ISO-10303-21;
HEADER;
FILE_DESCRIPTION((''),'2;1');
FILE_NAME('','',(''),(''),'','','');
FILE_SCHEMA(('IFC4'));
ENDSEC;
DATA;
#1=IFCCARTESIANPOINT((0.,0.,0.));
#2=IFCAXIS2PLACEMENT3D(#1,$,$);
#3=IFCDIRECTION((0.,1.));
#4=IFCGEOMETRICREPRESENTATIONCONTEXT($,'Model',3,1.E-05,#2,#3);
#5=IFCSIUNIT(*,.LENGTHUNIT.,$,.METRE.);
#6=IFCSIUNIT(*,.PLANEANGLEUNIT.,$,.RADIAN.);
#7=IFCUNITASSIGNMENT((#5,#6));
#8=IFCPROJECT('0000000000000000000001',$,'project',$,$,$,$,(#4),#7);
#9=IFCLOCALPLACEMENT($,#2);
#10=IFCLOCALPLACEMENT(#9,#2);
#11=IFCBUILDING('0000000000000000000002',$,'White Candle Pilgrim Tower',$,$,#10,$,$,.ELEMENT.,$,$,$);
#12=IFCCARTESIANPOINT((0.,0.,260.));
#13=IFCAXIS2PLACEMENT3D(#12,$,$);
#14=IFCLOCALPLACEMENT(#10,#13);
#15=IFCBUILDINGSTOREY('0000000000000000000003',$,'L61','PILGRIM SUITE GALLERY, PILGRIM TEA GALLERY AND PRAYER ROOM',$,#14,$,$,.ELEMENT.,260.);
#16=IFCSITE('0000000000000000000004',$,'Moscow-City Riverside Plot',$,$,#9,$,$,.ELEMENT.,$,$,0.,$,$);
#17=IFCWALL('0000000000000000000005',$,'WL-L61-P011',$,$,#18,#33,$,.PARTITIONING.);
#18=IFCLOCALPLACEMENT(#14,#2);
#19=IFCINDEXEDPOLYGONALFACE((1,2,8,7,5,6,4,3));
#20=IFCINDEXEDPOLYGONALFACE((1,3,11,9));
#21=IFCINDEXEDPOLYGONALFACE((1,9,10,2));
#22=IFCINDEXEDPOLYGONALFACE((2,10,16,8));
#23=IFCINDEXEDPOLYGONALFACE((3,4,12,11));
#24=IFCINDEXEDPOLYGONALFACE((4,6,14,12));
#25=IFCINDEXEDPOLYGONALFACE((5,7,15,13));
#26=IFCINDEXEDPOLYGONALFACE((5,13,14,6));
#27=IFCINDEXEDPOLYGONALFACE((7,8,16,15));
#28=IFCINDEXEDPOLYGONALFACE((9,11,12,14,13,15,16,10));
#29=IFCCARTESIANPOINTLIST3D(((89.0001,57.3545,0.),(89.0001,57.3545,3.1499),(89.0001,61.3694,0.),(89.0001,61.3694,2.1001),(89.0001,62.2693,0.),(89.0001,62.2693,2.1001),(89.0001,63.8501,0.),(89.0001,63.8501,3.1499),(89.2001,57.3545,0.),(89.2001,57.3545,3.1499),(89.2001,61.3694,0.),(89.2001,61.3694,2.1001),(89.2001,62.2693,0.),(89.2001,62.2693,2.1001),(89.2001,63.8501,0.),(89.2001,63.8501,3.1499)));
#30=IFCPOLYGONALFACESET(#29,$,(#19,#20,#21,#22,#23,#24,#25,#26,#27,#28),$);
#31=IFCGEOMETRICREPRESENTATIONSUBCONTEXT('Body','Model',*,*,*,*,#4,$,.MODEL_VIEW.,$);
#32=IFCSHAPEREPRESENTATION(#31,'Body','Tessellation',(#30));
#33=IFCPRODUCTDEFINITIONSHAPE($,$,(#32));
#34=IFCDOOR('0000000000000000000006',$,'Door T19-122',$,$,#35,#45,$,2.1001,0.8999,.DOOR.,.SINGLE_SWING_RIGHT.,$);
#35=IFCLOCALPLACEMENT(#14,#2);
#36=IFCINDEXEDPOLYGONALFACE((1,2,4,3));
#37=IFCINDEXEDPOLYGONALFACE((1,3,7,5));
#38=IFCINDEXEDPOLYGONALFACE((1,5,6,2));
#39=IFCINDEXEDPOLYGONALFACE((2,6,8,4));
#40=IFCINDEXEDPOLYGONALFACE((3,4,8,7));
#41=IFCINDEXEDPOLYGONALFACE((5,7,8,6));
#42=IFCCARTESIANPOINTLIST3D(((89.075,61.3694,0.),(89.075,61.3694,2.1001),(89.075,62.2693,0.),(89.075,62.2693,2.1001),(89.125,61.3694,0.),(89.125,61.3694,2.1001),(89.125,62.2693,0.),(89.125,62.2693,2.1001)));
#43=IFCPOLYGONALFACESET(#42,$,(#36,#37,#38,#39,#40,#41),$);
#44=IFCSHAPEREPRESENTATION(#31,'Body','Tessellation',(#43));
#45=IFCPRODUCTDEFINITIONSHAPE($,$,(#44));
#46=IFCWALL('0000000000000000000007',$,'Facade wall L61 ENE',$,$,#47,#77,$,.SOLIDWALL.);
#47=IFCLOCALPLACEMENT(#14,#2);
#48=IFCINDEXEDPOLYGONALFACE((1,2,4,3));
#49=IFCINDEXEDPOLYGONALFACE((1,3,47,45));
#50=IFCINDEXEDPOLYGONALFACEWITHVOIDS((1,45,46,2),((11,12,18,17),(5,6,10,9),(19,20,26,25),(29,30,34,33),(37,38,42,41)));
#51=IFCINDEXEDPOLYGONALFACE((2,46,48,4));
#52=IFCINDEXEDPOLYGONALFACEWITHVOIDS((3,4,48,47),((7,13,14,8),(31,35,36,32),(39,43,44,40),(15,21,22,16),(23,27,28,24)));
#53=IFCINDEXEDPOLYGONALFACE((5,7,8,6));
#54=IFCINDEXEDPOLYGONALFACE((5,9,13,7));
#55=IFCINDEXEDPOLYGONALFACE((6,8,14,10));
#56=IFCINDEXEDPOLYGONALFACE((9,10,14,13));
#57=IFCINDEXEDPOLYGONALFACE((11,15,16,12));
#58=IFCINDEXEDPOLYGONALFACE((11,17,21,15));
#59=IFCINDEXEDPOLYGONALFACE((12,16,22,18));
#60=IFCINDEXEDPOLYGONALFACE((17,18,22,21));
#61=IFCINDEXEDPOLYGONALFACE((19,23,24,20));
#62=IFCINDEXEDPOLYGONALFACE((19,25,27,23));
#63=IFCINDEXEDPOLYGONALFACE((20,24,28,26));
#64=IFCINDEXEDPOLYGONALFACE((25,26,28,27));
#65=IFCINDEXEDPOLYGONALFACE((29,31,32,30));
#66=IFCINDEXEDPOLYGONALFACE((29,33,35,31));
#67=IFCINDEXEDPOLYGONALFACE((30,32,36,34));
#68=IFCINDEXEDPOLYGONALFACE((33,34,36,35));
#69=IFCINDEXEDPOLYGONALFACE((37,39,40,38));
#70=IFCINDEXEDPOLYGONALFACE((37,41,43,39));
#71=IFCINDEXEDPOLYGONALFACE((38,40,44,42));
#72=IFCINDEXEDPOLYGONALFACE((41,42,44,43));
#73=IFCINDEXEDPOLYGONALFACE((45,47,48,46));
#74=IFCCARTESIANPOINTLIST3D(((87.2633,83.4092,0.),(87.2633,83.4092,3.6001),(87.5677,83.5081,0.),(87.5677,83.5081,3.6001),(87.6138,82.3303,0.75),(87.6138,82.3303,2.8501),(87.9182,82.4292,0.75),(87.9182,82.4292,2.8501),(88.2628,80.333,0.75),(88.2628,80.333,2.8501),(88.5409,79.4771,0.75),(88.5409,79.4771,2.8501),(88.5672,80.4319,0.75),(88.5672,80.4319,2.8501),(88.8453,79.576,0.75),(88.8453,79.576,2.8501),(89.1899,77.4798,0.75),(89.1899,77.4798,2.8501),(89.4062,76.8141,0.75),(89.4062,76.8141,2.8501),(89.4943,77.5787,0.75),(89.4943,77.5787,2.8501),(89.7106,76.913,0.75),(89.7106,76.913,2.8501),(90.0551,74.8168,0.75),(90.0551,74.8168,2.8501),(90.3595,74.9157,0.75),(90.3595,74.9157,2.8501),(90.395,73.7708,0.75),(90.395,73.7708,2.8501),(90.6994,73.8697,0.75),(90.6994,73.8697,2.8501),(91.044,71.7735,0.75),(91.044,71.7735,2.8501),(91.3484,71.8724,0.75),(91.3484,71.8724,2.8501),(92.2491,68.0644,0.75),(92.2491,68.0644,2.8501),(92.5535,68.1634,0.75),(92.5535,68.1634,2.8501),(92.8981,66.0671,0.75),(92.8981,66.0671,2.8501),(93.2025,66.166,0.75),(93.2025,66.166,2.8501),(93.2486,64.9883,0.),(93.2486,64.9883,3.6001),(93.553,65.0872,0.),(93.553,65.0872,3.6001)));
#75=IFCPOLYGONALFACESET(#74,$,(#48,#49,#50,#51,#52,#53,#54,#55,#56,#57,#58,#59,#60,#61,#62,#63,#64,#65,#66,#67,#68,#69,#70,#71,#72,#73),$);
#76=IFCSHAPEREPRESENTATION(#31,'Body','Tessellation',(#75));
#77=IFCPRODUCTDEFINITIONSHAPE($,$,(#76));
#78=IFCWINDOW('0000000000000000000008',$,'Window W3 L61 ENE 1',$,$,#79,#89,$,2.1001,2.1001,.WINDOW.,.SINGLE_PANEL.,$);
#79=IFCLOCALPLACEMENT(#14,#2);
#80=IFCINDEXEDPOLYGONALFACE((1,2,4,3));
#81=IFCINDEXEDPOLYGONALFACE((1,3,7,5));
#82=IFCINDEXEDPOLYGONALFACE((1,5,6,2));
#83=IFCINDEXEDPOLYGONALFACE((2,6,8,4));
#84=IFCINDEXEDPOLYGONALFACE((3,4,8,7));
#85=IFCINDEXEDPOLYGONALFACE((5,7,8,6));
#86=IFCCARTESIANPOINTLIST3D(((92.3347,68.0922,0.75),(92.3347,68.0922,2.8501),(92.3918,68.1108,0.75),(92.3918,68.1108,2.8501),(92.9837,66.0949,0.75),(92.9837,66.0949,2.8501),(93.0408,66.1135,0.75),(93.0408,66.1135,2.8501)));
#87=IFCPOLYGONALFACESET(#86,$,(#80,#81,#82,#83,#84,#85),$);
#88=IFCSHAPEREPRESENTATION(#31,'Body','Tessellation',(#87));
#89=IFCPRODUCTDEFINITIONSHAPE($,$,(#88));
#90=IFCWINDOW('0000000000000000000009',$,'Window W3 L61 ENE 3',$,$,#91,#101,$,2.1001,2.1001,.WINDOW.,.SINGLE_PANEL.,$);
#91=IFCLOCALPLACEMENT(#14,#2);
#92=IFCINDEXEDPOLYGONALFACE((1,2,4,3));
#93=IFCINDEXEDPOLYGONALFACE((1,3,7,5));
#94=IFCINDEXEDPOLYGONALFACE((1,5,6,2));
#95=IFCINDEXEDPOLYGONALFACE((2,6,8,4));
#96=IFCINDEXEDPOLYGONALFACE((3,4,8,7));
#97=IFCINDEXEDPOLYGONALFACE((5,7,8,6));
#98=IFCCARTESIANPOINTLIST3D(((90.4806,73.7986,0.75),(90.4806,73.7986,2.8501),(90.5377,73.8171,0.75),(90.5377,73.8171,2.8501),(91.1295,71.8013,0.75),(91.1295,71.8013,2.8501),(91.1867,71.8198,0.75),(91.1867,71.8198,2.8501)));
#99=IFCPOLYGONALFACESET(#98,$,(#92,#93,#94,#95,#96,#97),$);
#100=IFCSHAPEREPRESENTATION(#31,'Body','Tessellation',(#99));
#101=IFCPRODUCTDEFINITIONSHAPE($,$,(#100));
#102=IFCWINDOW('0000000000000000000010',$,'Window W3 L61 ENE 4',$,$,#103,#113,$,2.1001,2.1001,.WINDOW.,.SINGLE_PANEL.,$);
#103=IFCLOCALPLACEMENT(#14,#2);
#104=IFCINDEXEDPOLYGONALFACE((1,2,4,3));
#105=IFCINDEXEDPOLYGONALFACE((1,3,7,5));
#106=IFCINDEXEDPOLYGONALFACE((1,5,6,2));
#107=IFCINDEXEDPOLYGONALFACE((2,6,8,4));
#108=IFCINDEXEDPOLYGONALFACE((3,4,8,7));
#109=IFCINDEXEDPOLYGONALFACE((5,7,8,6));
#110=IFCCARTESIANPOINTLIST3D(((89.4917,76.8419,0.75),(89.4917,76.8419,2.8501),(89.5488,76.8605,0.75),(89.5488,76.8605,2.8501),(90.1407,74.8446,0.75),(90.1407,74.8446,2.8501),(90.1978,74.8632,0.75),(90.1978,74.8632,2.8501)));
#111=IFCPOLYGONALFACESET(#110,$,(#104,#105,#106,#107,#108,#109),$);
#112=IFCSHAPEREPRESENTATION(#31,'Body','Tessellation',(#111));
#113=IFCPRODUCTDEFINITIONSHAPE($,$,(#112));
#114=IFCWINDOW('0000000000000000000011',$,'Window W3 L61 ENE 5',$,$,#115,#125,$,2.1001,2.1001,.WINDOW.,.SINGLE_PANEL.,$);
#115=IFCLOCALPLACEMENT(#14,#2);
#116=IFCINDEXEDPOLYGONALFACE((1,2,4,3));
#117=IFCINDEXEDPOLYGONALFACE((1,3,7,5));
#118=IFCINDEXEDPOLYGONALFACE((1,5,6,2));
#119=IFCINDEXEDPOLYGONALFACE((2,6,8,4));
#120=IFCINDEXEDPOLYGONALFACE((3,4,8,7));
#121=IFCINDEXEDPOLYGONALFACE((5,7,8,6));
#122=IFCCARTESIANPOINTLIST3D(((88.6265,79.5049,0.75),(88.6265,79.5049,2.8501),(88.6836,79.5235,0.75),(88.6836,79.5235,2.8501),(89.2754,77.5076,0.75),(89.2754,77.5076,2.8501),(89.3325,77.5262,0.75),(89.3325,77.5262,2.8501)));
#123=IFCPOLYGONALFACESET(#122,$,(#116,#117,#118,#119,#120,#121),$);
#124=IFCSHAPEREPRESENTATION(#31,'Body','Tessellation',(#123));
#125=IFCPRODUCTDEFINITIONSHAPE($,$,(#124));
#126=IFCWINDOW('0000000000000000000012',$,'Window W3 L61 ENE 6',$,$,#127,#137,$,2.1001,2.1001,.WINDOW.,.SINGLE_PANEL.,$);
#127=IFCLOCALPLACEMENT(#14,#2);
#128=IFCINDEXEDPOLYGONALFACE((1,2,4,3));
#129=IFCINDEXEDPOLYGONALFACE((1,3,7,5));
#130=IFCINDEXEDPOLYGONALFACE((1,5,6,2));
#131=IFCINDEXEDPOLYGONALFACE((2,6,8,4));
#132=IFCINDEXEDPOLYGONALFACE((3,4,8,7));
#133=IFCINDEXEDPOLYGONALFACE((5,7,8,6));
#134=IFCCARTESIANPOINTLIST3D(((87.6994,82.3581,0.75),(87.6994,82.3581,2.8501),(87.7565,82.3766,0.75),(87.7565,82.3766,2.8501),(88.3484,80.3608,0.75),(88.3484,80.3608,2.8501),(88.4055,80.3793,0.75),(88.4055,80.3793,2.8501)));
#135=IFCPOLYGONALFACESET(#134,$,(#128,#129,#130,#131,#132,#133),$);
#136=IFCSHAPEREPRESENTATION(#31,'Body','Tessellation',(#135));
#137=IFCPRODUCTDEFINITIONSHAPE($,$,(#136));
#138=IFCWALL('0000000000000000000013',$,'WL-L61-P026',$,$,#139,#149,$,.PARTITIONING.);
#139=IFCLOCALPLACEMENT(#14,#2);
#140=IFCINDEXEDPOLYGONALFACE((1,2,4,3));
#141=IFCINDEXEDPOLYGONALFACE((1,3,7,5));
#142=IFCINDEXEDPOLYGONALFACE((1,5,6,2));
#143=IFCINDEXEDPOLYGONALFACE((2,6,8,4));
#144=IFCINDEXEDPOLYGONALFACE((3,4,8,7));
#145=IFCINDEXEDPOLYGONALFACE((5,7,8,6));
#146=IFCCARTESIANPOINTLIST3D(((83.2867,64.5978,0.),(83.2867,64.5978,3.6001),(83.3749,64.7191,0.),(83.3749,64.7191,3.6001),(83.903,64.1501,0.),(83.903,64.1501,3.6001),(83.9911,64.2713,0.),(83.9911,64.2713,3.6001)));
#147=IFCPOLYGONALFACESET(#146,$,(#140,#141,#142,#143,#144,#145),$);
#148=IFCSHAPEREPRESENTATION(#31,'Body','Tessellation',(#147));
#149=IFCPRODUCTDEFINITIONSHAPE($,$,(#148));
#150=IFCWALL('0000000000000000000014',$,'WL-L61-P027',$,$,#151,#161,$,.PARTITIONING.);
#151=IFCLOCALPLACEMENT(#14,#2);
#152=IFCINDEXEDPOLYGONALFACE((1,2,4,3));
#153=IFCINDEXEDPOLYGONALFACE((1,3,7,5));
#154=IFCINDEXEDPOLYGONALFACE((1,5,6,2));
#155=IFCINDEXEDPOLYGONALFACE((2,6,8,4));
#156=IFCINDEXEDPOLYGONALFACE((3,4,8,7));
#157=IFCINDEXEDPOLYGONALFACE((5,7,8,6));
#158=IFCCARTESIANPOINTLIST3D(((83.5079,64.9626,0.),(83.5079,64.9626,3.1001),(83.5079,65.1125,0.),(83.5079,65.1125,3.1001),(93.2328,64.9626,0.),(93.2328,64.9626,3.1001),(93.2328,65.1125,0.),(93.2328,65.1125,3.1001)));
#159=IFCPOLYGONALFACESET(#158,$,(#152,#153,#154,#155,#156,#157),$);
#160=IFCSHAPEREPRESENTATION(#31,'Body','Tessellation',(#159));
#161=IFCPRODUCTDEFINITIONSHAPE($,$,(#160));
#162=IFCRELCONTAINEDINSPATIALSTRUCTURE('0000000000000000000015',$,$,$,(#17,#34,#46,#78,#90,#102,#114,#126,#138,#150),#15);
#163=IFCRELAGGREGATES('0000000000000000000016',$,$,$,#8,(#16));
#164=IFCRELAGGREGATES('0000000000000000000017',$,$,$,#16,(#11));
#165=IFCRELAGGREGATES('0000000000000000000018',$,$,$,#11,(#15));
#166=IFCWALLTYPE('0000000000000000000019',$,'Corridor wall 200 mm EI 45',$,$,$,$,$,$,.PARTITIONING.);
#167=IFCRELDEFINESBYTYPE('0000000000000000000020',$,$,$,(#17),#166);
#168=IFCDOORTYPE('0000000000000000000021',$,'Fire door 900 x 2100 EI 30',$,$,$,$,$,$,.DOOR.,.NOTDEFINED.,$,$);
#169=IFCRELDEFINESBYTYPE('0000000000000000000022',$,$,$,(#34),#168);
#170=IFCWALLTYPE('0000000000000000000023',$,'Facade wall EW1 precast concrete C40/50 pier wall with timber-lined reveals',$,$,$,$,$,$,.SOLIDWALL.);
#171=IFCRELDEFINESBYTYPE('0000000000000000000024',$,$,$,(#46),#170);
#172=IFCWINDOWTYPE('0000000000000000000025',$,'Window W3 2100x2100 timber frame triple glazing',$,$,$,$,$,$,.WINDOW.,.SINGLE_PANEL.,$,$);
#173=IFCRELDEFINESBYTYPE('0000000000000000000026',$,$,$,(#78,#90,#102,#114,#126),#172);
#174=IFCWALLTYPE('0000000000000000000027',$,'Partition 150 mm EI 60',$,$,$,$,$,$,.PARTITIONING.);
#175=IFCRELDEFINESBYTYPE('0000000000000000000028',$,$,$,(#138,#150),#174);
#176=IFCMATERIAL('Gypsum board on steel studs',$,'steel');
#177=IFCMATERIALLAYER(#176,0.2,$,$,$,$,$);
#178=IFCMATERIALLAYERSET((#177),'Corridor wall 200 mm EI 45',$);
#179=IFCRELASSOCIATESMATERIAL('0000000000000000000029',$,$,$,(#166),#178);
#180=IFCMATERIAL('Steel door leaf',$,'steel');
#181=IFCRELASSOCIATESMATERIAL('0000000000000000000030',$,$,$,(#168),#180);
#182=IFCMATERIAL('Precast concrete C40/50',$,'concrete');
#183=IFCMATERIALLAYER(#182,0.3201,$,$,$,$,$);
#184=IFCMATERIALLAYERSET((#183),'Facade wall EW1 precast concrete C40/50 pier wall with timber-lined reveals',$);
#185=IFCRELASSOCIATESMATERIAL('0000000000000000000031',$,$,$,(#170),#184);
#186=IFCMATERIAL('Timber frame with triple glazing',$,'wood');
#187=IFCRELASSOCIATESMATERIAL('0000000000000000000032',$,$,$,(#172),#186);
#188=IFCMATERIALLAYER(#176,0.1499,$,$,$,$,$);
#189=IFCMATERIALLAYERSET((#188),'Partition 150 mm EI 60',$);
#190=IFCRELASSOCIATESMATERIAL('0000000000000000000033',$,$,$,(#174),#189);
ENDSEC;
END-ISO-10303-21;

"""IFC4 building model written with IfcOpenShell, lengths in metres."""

from ifc_helpers import new_model, si_unit, direction, frame, frame_2d, origin, place, context, subcontext, project, spatial, rectangle, extrude, material, layer, layer_set, type_object, element, fill, save


model = new_model("IFC4")

# Units and contexts
model_context = context("Model", 3, precision=1e-05, world=origin(), true_north=direction((0.0, 1.0)))
body_context = subcontext(model_context, "Body", "Model", "MODEL_VIEW")
ifc_project = project(units=[si_unit("LENGTHUNIT", "METRE"), si_unit("PLANEANGLEUNIT", "RADIAN")], contexts=[model_context])

# Site, building, storey
site_placement = place(None, origin())
site = spatial("IfcSite", under=ifc_project, at=site_placement, Name="Moscow-City Riverside Plot", CompositionType="ELEMENT", RefElevation=0.0)
building_placement = place(site_placement, origin())
building = spatial("IfcBuilding", under=site, at=building_placement, Name="White Candle Pilgrim Tower", CompositionType="ELEMENT")
storey_placement = place(building_placement, frame((0.0, 0.0, 260.0)))
storey = spatial("IfcBuildingStorey", under=building, at=storey_placement, Name="L61", Description="PILGRIM SUITE GALLERY, PILGRIM TEA GALLERY AND PRAYER ROOM", CompositionType="ELEMENT", Elevation=260.0)

# Shared definitions
ifc_material_1 = material(Name="Gypsum board on steel studs", Category="steel")
ifc_layer_1 = layer(ifc_material_1, 0.2)
ifc_layer_set_1 = layer_set([ifc_layer_1], Name="Corridor wall 200 mm EI 45")
wall_type_1 = type_object("IfcWallType", Name="Corridor wall 200 mm EI 45", PredefinedType="PARTITIONING", material=ifc_layer_set_1)

# Shared definitions
ifc_material_2 = material(Name="Steel door leaf", Category="steel")
door_type = type_object("IfcDoorType", Name="Fire door 900 x 2100 EI 30", OperationType="NOTDEFINED", PredefinedType="DOOR", material=ifc_material_2)

# Wall, opening, door
wall_1_placement = place(storey_placement, frame((89.1001, 63.8501, 0.0), z_axis=(0.0, 0.0, 1.0), x_axis=(0.0, -1.0, 0.0)))
wall_1 = element("IfcWall", 1, at=wall_1_placement, inside=storey, type_object=wall_type_1, Name="WL-L61-P011", PredefinedType="PARTITIONING", context=body_context, shape_type="SweptSolid", body=[
    extrude(rectangle(XDim=6.4956, YDim=0.2, at=frame_2d((3.2478, 0.0))), origin(), (0.0, 0.0, 1.0), 3.1499),
])
opening_1_placement = place(wall_1_placement, frame((1.5808, 0.0, 0.0)))
opening_1 = element("IfcOpeningElement", 2, at=opening_1_placement, cuts=wall_1, PredefinedType="OPENING", context=body_context, shape_type="SweptSolid", body=[
    extrude(rectangle(XDim=0.8999, YDim=2.1001, at=frame_2d((0.45, 1.05))), frame((0.0, 0.1099, 0.0), z_axis=(0.0, -1.0, 0.0), x_axis=(1.0, 0.0, 0.0)), (0.0, 0.0, 1.0), 0.22),
])
door_1_placement = place(opening_1_placement, origin())
door_1 = element("IfcDoor", 3, at=door_1_placement, inside=storey, type_object=door_type, Name="Door T19-122", OperationType="SINGLE_SWING_RIGHT", OverallHeight=2.1001, OverallWidth=0.8999, PredefinedType="DOOR", context=body_context, shape_type="SweptSolid", body=[
    extrude(rectangle(XDim=0.8999, YDim=2.1001, at=frame_2d((0.45, 1.05))), frame((0.0, 0.0249, 0.0), z_axis=(0.0, -1.0, 0.0), x_axis=(1.0, 0.0, 0.0)), (0.0, 0.0, 1.0), 0.05),
])
fill(opening_1, door_1)

# Wall, openings, windows
ifc_material_3 = material(Name="Precast concrete C40/50", Category="concrete")
ifc_layer_2 = layer(ifc_material_3, 0.3201)
ifc_layer_set_2 = layer_set([ifc_layer_2], Name="Facade wall EW1 precast concrete C40/50 pier wall with timber-lined reveals")
wall_type_2 = type_object("IfcWallType", Name="Facade wall EW1 precast concrete C40/50 pier wall with timber-lined reveals", PredefinedType="SOLIDWALL", material=ifc_layer_set_2)
wall_2_placement = place(storey_placement, frame((93.4009, 65.0376, 0.0), z_axis=(0.0, 0.0, 1.0), x_axis=(-0.309019, 0.951056, 0.0)))
wall_2 = element("IfcWall", 4, at=wall_2_placement, inside=storey, type_object=wall_type_2, Name="Facade wall L61 ENE", PredefinedType="SOLIDWALL", context=body_context, shape_type="SweptSolid", body=[
    extrude(rectangle(XDim=19.3689, YDim=0.3201, at=frame_2d((9.6846, 0.0))), origin(), (0.0, 0.0, 1.0), 3.6001),
])
opening_2_placement = place(wall_2_placement, frame((1.1345, 0.0, 0.75)))
opening_2 = element("IfcOpeningElement", 5, at=opening_2_placement, cuts=wall_2, PredefinedType="OPENING", context=body_context, shape_type="SweptSolid", body=[
    extrude(rectangle(XDim=2.1001, YDim=2.1001, at=frame_2d((1.05, 1.05))), frame((0.0, 0.1699, 0.0), z_axis=(0.0, -1.0, 0.0), x_axis=(1.0, 0.0, 0.0)), (0.0, 0.0, 1.0), 0.3401),
])
opening_3_placement = place(wall_2_placement, frame((7.1345, 0.0, 0.75)))
opening_3 = element("IfcOpeningElement", 6, at=opening_3_placement, cuts=wall_2, PredefinedType="OPENING", context=body_context, shape_type="SweptSolid", body=[
    extrude(rectangle(XDim=2.1001, YDim=2.1001, at=frame_2d((1.05, 1.05))), frame((0.0, 0.1699, 0.0), z_axis=(0.0, -1.0, 0.0), x_axis=(1.0, 0.0, 0.0)), (0.0, 0.0, 1.0), 0.3401),
])
opening_4_placement = place(wall_2_placement, frame((10.3345, 0.0, 0.75)))
opening_4 = element("IfcOpeningElement", 7, at=opening_4_placement, cuts=wall_2, PredefinedType="OPENING", context=body_context, shape_type="SweptSolid", body=[
    extrude(rectangle(XDim=2.1001, YDim=2.1001, at=frame_2d((1.05, 1.05))), frame((0.0, 0.1699, 0.0), z_axis=(0.0, -1.0, 0.0), x_axis=(1.0, 0.0, 0.0)), (0.0, 0.0, 1.0), 0.3401),
])
opening_5_placement = place(wall_2_placement, frame((13.1345, 0.0, 0.75)))
opening_5 = element("IfcOpeningElement", 8, at=opening_5_placement, cuts=wall_2, PredefinedType="OPENING", context=body_context, shape_type="SweptSolid", body=[
    extrude(rectangle(XDim=2.1001, YDim=2.1001, at=frame_2d((1.05, 1.05))), frame((0.0, 0.1699, 0.0), z_axis=(0.0, -1.0, 0.0), x_axis=(1.0, 0.0, 0.0)), (0.0, 0.0, 1.0), 0.3401),
])
opening_6_placement = place(wall_2_placement, frame((16.1345, 0.0, 0.75)))
opening_6 = element("IfcOpeningElement", 9, at=opening_6_placement, cuts=wall_2, PredefinedType="OPENING", context=body_context, shape_type="SweptSolid", body=[
    extrude(rectangle(XDim=2.1001, YDim=2.1001, at=frame_2d((1.05, 1.05))), frame((0.0, 0.1699, 0.0), z_axis=(0.0, -1.0, 0.0), x_axis=(1.0, 0.0, 0.0)), (0.0, 0.0, 1.0), 0.3401),
])
ifc_material_4 = material(Name="Timber frame with triple glazing", Category="wood")
window_type = type_object("IfcWindowType", Name="Window W3 2100x2100 timber frame triple glazing", PartitioningType="SINGLE_PANEL", PredefinedType="WINDOW", material=ifc_material_4)
window_1_placement = place(opening_2_placement, origin())
window_1 = element("IfcWindow", 10, at=window_1_placement, inside=storey, type_object=window_type, Name="Window W3 L61 ENE 1", OverallHeight=2.1001, OverallWidth=2.1001, PartitioningType="SINGLE_PANEL", PredefinedType="WINDOW", context=body_context, shape_type="SweptSolid", body=[
    extrude(rectangle(XDim=2.1001, YDim=2.1001, at=frame_2d((1.05, 1.05))), frame((0.0, 0.0701, 0.0), z_axis=(0.0, -1.0, 0.0), x_axis=(1.0, 0.0, 0.0)), (0.0, 0.0, 1.0), 0.0601),
])
fill(opening_2, window_1)
window_2_placement = place(opening_3_placement, origin())
window_2 = element("IfcWindow", 11, at=window_2_placement, inside=storey, type_object=window_type, Name="Window W3 L61 ENE 3", OverallHeight=2.1001, OverallWidth=2.1001, PartitioningType="SINGLE_PANEL", PredefinedType="WINDOW", context=body_context, shape_type="SweptSolid", body=[
    extrude(rectangle(XDim=2.1001, YDim=2.1001, at=frame_2d((1.05, 1.05))), frame((0.0, 0.0701, 0.0), z_axis=(0.0, -1.0, 0.0), x_axis=(1.0, 0.0, 0.0)), (0.0, 0.0, 1.0), 0.0601),
])
fill(opening_3, window_2)
window_3_placement = place(opening_4_placement, origin())
window_3 = element("IfcWindow", 12, at=window_3_placement, inside=storey, type_object=window_type, Name="Window W3 L61 ENE 4", OverallHeight=2.1001, OverallWidth=2.1001, PartitioningType="SINGLE_PANEL", PredefinedType="WINDOW", context=body_context, shape_type="SweptSolid", body=[
    extrude(rectangle(XDim=2.1001, YDim=2.1001, at=frame_2d((1.05, 1.05))), frame((0.0, 0.0701, 0.0), z_axis=(0.0, -1.0, 0.0), x_axis=(1.0, 0.0, 0.0)), (0.0, 0.0, 1.0), 0.0601),
])
fill(opening_4, window_3)
window_4_placement = place(opening_5_placement, origin())
window_4 = element("IfcWindow", 13, at=window_4_placement, inside=storey, type_object=window_type, Name="Window W3 L61 ENE 5", OverallHeight=2.1001, OverallWidth=2.1001, PartitioningType="SINGLE_PANEL", PredefinedType="WINDOW", context=body_context, shape_type="SweptSolid", body=[
    extrude(rectangle(XDim=2.1001, YDim=2.1001, at=frame_2d((1.05, 1.05))), frame((0.0, 0.0701, 0.0), z_axis=(0.0, -1.0, 0.0), x_axis=(1.0, 0.0, 0.0)), (0.0, 0.0, 1.0), 0.0601),
])
fill(opening_5, window_4)
window_5_placement = place(opening_6_placement, origin())
window_5 = element("IfcWindow", 14, at=window_5_placement, inside=storey, type_object=window_type, Name="Window W3 L61 ENE 6", OverallHeight=2.1001, OverallWidth=2.1001, PartitioningType="SINGLE_PANEL", PredefinedType="WINDOW", context=body_context, shape_type="SweptSolid", body=[
    extrude(rectangle(XDim=2.1001, YDim=2.1001, at=frame_2d((1.05, 1.05))), frame((0.0, 0.0701, 0.0), z_axis=(0.0, -1.0, 0.0), x_axis=(1.0, 0.0, 0.0)), (0.0, 0.0, 1.0), 0.0601),
])
fill(opening_6, window_5)

# Walls
ifc_layer_3 = layer(ifc_material_1, 0.1499)
ifc_layer_set_3 = layer_set([ifc_layer_3], Name="Partition 150 mm EI 60")
wall_type_3 = type_object("IfcWallType", Name="Partition 150 mm EI 60", PredefinedType="PARTITIONING", material=ifc_layer_set_3)
wall_3_placement = place(storey_placement, frame((83.947, 64.2107, 0.0), z_axis=(0.0, 0.0, 1.0), x_axis=(-0.808985, 0.587829, 0.0)))
element("IfcWall", 15, at=wall_3_placement, inside=storey, type_object=wall_type_3, Name="WL-L61-P026", PredefinedType="PARTITIONING", context=body_context, shape_type="SweptSolid", body=[
    extrude(rectangle(XDim=0.7617, YDim=0.1499, at=frame_2d((0.3809, 0.0))), origin(), (0.0, 0.0, 1.0), 3.6001),
])
wall_4_placement = place(storey_placement, frame((93.2327, 65.0376, 0.0), z_axis=(0.0, 0.0, 1.0), x_axis=(-1.0, 0.0, 0.0)))
element("IfcWall", 16, at=wall_4_placement, inside=storey, type_object=wall_type_3, Name="WL-L61-P027", PredefinedType="PARTITIONING", context=body_context, shape_type="SweptSolid", body=[
    extrude(rectangle(XDim=9.7249, YDim=0.1499, at=frame_2d((4.8623, 0.0))), origin(), (0.0, 0.0, 1.0), 3.1001),
])

save(model, "model.ifc")
